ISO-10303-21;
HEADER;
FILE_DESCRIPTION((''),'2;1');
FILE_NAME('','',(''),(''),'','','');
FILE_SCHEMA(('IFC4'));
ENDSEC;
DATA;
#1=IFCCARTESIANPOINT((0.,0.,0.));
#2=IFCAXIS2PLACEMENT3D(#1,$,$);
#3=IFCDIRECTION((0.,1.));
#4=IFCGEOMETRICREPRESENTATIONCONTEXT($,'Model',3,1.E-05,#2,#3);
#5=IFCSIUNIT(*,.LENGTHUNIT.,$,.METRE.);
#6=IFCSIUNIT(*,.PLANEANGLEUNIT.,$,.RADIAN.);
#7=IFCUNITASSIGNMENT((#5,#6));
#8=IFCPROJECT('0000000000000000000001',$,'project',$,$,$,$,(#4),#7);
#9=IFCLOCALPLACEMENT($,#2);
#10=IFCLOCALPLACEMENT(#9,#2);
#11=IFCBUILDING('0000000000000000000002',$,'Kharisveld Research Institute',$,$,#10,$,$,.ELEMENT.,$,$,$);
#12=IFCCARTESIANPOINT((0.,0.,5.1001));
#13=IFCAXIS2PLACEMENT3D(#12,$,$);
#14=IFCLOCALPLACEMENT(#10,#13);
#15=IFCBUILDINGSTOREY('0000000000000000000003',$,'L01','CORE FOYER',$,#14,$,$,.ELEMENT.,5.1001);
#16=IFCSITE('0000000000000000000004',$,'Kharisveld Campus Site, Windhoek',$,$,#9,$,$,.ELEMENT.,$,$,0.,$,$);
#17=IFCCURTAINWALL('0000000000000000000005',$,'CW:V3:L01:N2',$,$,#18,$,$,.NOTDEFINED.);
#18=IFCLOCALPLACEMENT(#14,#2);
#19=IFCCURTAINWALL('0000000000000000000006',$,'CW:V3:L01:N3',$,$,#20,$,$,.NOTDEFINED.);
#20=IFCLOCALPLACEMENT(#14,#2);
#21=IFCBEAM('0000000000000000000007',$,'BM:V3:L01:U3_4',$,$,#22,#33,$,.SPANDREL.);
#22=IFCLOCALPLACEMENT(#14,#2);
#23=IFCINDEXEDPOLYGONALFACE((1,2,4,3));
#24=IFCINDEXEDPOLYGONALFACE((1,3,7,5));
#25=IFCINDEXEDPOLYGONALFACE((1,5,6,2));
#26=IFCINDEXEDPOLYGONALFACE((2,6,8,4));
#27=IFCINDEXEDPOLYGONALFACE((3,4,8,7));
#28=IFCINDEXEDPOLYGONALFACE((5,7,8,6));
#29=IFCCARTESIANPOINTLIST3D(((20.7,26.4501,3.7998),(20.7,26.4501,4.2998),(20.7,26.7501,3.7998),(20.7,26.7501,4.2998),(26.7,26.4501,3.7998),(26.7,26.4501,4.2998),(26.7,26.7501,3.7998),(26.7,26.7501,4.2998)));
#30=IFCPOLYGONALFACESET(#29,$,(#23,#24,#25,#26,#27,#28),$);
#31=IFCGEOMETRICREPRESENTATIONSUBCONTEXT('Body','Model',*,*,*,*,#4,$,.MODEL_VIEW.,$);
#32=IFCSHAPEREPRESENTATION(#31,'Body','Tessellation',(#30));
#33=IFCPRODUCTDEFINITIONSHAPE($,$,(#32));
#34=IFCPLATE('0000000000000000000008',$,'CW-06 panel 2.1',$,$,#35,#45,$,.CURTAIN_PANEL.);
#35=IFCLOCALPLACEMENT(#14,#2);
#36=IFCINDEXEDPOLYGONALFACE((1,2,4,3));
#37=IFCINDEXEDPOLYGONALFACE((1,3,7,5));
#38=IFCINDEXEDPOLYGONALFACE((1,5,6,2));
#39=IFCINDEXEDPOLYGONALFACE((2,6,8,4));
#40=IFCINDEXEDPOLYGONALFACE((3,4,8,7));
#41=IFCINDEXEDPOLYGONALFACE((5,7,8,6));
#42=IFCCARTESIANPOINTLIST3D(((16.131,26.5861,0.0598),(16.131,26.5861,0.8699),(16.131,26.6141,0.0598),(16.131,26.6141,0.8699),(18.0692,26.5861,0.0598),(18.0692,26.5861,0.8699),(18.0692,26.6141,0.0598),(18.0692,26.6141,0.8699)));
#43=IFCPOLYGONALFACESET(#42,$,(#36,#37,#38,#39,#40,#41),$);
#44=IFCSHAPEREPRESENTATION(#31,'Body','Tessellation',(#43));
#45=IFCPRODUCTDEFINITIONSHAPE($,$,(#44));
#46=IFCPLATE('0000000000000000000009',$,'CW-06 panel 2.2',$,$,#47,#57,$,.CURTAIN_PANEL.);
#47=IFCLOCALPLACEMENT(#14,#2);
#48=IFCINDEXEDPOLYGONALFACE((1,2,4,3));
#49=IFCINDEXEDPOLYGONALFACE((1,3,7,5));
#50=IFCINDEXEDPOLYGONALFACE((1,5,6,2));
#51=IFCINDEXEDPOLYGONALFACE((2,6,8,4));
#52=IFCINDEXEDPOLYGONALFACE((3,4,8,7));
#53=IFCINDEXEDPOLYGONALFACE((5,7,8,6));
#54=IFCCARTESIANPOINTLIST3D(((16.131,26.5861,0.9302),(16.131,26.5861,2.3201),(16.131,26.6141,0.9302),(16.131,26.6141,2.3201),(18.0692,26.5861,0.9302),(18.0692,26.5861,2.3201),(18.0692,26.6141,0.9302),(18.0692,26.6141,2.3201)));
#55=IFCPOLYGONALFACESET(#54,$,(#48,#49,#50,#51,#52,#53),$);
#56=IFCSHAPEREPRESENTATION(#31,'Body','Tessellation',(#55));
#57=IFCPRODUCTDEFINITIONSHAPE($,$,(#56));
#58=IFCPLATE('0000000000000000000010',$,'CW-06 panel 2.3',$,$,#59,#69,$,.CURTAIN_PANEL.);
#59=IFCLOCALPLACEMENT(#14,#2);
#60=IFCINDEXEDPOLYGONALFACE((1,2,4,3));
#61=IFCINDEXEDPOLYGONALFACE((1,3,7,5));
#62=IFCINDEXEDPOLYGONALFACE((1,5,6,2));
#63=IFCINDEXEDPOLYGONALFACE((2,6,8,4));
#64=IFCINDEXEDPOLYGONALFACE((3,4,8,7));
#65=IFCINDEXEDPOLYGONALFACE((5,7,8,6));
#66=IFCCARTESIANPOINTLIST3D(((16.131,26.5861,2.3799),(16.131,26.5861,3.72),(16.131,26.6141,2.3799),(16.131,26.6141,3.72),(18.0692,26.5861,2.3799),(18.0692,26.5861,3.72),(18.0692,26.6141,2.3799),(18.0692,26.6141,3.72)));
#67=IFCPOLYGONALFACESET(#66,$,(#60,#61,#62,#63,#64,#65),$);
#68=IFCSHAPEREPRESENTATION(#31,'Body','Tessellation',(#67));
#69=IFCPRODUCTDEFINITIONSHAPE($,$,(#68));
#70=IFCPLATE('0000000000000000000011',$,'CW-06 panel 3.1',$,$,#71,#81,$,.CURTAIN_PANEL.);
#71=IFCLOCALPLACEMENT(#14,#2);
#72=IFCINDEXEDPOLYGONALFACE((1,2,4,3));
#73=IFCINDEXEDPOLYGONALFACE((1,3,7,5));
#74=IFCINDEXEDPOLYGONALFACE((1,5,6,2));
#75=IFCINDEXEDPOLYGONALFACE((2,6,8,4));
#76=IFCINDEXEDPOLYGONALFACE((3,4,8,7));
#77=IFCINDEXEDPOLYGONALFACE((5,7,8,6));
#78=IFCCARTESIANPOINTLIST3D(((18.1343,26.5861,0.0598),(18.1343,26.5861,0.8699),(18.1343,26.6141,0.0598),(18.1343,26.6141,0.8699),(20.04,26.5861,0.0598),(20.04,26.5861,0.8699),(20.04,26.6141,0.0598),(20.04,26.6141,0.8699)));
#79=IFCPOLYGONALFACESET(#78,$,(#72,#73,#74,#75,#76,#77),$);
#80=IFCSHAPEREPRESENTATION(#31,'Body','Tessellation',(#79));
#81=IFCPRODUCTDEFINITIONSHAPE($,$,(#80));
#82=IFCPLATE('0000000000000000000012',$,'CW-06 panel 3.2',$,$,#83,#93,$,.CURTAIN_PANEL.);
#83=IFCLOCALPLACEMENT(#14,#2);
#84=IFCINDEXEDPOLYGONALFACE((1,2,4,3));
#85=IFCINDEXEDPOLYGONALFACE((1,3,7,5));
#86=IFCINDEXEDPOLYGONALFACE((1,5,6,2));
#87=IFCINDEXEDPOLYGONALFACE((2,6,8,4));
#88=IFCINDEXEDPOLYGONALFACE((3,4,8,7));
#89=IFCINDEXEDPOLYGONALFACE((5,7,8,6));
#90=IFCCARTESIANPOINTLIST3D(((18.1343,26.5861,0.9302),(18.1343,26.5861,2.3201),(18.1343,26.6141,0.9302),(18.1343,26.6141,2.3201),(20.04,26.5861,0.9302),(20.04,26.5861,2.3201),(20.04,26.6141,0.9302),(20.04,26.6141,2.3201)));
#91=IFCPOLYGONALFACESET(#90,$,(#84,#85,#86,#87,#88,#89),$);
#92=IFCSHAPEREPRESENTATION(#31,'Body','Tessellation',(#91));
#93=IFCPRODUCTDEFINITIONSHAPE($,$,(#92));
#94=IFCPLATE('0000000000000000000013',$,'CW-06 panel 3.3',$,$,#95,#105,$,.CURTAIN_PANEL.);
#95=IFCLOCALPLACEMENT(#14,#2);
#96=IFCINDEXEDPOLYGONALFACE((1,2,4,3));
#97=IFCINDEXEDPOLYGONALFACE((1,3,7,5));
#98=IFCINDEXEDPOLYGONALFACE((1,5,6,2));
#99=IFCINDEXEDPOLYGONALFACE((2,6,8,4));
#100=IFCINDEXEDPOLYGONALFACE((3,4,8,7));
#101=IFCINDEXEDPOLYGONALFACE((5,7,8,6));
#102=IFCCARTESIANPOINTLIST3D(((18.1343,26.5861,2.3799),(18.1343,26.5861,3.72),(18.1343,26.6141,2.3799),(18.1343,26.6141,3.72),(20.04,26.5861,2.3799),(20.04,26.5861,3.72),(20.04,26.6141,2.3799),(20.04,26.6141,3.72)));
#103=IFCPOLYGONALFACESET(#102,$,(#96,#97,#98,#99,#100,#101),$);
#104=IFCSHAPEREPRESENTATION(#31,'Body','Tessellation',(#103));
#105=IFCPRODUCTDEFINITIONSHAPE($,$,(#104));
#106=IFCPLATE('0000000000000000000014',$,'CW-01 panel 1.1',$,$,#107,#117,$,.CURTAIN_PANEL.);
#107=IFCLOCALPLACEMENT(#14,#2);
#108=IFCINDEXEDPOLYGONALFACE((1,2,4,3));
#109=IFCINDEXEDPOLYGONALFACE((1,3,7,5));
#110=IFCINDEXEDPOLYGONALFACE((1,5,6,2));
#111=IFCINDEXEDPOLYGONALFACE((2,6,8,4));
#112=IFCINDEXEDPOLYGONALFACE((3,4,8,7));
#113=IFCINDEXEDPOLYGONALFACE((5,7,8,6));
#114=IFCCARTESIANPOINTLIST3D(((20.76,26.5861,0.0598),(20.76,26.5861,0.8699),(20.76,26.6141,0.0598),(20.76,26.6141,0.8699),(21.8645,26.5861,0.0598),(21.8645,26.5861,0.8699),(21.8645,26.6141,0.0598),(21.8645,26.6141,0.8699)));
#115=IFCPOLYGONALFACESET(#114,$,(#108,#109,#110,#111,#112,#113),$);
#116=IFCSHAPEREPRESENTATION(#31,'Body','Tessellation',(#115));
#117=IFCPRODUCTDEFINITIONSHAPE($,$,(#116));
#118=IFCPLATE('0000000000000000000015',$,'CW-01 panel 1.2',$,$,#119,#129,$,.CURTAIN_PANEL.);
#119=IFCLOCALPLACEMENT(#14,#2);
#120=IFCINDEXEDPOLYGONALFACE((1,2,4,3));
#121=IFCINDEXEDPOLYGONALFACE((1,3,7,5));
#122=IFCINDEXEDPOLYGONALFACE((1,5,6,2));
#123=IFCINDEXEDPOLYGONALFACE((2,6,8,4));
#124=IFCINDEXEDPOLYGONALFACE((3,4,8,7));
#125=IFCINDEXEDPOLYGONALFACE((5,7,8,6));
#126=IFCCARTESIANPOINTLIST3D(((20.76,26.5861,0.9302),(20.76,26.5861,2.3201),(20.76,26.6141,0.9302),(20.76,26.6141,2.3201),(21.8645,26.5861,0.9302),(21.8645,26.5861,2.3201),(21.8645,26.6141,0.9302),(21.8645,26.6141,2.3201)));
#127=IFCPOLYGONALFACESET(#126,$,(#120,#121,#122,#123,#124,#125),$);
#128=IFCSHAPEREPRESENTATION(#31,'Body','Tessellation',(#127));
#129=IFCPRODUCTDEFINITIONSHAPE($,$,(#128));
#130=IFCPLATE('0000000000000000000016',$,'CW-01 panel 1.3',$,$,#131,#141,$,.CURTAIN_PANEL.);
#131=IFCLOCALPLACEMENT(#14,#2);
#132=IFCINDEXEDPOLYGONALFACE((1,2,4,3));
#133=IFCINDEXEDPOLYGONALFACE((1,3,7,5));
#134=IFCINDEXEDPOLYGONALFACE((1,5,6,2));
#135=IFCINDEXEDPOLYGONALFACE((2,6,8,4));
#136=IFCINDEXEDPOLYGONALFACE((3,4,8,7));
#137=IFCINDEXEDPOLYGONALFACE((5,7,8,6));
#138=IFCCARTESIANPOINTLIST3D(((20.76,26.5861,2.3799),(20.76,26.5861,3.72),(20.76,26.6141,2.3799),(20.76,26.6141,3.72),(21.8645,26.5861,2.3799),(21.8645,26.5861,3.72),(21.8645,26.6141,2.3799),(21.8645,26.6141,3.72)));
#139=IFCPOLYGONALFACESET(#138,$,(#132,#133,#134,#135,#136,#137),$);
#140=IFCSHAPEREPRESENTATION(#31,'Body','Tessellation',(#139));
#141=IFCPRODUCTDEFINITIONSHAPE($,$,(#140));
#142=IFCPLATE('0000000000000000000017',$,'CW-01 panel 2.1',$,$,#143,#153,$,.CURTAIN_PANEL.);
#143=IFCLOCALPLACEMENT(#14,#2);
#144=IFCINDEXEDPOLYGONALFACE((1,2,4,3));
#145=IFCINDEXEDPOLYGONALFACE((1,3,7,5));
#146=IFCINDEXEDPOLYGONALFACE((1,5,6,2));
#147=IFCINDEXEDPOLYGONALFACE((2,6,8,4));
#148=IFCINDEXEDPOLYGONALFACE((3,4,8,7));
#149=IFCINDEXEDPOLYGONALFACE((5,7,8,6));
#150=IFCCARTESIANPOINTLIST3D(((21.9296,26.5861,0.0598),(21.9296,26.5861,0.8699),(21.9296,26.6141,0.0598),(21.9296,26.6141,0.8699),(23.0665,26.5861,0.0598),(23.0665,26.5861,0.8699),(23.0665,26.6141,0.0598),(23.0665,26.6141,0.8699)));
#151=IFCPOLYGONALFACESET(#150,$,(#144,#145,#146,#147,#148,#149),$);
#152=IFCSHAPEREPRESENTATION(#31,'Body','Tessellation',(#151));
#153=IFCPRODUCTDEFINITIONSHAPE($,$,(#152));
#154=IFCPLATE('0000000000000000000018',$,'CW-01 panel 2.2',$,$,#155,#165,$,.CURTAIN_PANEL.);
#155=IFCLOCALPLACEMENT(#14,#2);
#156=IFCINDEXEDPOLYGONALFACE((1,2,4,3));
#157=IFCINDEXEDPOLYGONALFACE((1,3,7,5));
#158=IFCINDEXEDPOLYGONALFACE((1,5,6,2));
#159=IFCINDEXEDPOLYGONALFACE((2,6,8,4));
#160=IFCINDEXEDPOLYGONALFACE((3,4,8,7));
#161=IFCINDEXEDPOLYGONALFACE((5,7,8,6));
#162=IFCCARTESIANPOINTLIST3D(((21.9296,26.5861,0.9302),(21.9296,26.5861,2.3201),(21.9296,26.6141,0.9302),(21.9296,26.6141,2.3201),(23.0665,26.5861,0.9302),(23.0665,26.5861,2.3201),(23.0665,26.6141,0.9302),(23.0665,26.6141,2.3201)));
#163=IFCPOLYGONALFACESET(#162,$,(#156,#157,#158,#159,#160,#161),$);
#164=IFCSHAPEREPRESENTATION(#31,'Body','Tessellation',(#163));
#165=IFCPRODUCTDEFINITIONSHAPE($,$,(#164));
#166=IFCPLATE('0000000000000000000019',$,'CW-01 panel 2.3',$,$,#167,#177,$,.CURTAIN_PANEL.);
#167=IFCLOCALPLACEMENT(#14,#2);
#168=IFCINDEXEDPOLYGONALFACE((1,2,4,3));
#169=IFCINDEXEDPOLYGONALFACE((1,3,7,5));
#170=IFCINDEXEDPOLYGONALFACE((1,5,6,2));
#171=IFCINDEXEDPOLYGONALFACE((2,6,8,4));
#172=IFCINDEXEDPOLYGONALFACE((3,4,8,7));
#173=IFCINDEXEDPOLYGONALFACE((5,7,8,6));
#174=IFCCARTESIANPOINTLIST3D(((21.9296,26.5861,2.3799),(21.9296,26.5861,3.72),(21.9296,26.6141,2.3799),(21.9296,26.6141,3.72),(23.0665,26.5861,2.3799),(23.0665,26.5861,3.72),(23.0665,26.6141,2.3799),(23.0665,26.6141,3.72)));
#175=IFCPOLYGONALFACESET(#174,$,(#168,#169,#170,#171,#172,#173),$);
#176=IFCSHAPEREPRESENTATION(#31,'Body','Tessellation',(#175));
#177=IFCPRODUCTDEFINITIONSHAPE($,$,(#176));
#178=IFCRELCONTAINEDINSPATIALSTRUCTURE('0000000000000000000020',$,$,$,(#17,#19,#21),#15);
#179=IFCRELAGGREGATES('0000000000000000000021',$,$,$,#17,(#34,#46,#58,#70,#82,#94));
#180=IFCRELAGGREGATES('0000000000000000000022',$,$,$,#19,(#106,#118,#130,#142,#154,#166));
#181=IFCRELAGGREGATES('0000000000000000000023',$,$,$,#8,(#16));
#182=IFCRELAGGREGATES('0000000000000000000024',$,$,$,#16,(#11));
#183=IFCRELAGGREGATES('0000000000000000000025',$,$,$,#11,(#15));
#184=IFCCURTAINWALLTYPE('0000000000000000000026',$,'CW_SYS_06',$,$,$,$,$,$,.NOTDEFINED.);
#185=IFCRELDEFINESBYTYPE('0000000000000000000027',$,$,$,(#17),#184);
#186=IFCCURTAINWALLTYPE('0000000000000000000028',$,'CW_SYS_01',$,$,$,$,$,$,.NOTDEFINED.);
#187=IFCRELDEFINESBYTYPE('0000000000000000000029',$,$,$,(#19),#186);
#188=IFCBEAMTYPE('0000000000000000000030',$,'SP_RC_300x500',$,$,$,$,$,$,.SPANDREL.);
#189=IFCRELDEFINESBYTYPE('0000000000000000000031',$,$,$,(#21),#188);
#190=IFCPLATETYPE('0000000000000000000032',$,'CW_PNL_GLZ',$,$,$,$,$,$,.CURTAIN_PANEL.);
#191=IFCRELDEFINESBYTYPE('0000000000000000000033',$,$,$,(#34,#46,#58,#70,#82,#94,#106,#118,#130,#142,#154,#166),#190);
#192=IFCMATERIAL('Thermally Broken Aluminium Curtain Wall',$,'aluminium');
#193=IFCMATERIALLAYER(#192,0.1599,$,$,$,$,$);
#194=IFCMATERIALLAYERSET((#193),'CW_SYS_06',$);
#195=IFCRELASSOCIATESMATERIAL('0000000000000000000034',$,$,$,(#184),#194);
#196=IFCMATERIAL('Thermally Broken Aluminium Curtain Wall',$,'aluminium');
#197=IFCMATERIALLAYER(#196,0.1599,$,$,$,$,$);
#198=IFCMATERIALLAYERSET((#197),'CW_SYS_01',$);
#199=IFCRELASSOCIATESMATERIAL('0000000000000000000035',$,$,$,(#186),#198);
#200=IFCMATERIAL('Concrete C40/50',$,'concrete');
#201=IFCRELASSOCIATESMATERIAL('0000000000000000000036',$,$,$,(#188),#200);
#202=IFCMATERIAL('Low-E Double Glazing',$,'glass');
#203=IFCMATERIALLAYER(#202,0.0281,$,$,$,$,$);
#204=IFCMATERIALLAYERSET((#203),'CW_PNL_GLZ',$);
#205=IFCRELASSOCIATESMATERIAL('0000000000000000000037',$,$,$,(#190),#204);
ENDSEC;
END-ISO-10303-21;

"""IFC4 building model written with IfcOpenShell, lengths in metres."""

from ifc_helpers import new_model, si_unit, direction, frame, origin, origin_2d, place, context, subcontext, project, spatial, rectangle, extrude, material, layer, layer_set, material_profile, profile_set, type_object, element, aggregate, save


model = new_model("IFC4")

# Units and contexts
model_context = context("Model", 3, precision=1e-05, world=origin(), true_north=direction((0.0, 1.0)))
body_context = subcontext(model_context, "Body", "Model", "MODEL_VIEW")
ifc_project = project(units=[si_unit("LENGTHUNIT", "METRE"), si_unit("PLANEANGLEUNIT", "RADIAN")], contexts=[model_context])

# Site, building, storey
site_placement = place(None, origin())
site = spatial("IfcSite", under=ifc_project, at=site_placement, Name="Kharisveld Campus Site, Windhoek", CompositionType="ELEMENT", RefElevation=0.0)
building_placement = place(site_placement, origin())
building = spatial("IfcBuilding", under=site, at=building_placement, Name="Kharisveld Research Institute", CompositionType="ELEMENT")
storey_placement = place(building_placement, frame((0.0, 0.0, 5.1001)))
storey = spatial("IfcBuildingStorey", under=building, at=storey_placement, Name="L01", Description="CORE FOYER", CompositionType="ELEMENT", Elevation=5.1001)

# Curtain walls
ifc_material_1 = material(Name="Thermally Broken Aluminium Curtain Wall", Category="aluminium")
ifc_layer_1 = layer(ifc_material_1, 0.1599)
ifc_layer_set_1 = layer_set([ifc_layer_1], Name="CW_SYS_06")
curtain_wall_type_1 = type_object("IfcCurtainWallType", Name="CW_SYS_06", PredefinedType="NOTDEFINED", material=ifc_layer_set_1)
curtain_wall_1_placement = place(storey_placement, origin())
curtain_wall_1 = element("IfcCurtainWall", 1, at=curtain_wall_1_placement, inside=storey, type_object=curtain_wall_type_1, Name="CW:V3:L01:N2", PredefinedType="NOTDEFINED")
ifc_material_2 = material(Name="Thermally Broken Aluminium Curtain Wall", Category="aluminium")
ifc_layer_2 = layer(ifc_material_2, 0.1599)
ifc_layer_set_2 = layer_set([ifc_layer_2], Name="CW_SYS_01")
curtain_wall_type_2 = type_object("IfcCurtainWallType", Name="CW_SYS_01", PredefinedType="NOTDEFINED", material=ifc_layer_set_2)
curtain_wall_2_placement = place(storey_placement, origin())
curtain_wall_2 = element("IfcCurtainWall", 2, at=curtain_wall_2_placement, inside=storey, type_object=curtain_wall_type_2, Name="CW:V3:L01:N3", PredefinedType="NOTDEFINED")

# Beam
ifc_material_3 = material(Name="Concrete C40/50", Category="concrete")
ifc_material_profile_1 = material_profile(ifc_material_3, rectangle(XDim=0.3, YDim=0.5, at=origin_2d()))
ifc_profile_set_1 = profile_set([ifc_material_profile_1], Name="Concrete C40/50")
beam_type = type_object("IfcBeamType", Name="SP_RC_300x500", PredefinedType="SPANDREL", material=ifc_profile_set_1)
beam_placement = place(storey_placement, frame((20.7, 26.6001, 4.0498), z_axis=(1.0, 0.0, 0.0), x_axis=(0.0, 1.0, 0.0)))
element("IfcBeam", 3, at=beam_placement, inside=storey, type_object=beam_type, Name="BM:V3:L01:U3_4", PredefinedType="SPANDREL", context=body_context, shape_type="SweptSolid", body=[
    extrude(rectangle(XDim=0.3, YDim=0.5, at=origin_2d()), origin(), (0.0, 0.0, 1.0), 6.0),
])

# Plates
ifc_material_4 = material(Name="Low-E Double Glazing", Category="glass")
ifc_layer_3 = layer(ifc_material_4, 0.0281)
ifc_layer_set_3 = layer_set([ifc_layer_3], Name="CW_PNL_GLZ")
plate_type = type_object("IfcPlateType", Name="CW_PNL_GLZ", PredefinedType="CURTAIN_PANEL", material=ifc_layer_set_3)
plate_1_placement = place(storey_placement, frame((17.1001, 26.6001, 0.0598), z_axis=(0.0, 0.0, 1.0), x_axis=(1.0, 0.0, 0.0)))
plate_1 = element("IfcPlate", 4, at=plate_1_placement, type_object=plate_type, Name="CW-06 panel 2.1", PredefinedType="CURTAIN_PANEL", context=body_context, shape_type="SweptSolid", body=[
    extrude(rectangle(XDim=1.9382, YDim=0.0281, at=origin_2d()), origin(), (0.0, 0.0, 1.0), 0.8101),
])
plate_2_placement = place(storey_placement, frame((17.1001, 26.6001, 0.9302), z_axis=(0.0, 0.0, 1.0), x_axis=(1.0, 0.0, 0.0)))
plate_2 = element("IfcPlate", 5, at=plate_2_placement, type_object=plate_type, Name="CW-06 panel 2.2", PredefinedType="CURTAIN_PANEL", context=body_context, shape_type="SweptSolid", body=[
    extrude(rectangle(XDim=1.9382, YDim=0.0281, at=origin_2d()), origin(), (0.0, 0.0, 1.0), 1.3899),
])
plate_3_placement = place(storey_placement, frame((17.1001, 26.6001, 2.3799), z_axis=(0.0, 0.0, 1.0), x_axis=(1.0, 0.0, 0.0)))
plate_3 = element("IfcPlate", 6, at=plate_3_placement, type_object=plate_type, Name="CW-06 panel 2.3", PredefinedType="CURTAIN_PANEL", context=body_context, shape_type="SweptSolid", body=[
    extrude(rectangle(XDim=1.9382, YDim=0.0281, at=origin_2d()), origin(), (0.0, 0.0, 1.0), 1.3401),
])
plate_4_placement = place(storey_placement, frame((19.0872, 26.6001, 0.0598), z_axis=(0.0, 0.0, 1.0), x_axis=(1.0, 0.0, 0.0)))
plate_4 = element("IfcPlate", 7, at=plate_4_placement, type_object=plate_type, Name="CW-06 panel 3.1", PredefinedType="CURTAIN_PANEL", context=body_context, shape_type="SweptSolid", body=[
    extrude(rectangle(XDim=1.9058, YDim=0.0281, at=origin_2d()), origin(), (0.0, 0.0, 1.0), 0.8101),
])
plate_5_placement = place(storey_placement, frame((19.0872, 26.6001, 0.9302), z_axis=(0.0, 0.0, 1.0), x_axis=(1.0, 0.0, 0.0)))
plate_5 = element("IfcPlate", 8, at=plate_5_placement, type_object=plate_type, Name="CW-06 panel 3.2", PredefinedType="CURTAIN_PANEL", context=body_context, shape_type="SweptSolid", body=[
    extrude(rectangle(XDim=1.9058, YDim=0.0281, at=origin_2d()), origin(), (0.0, 0.0, 1.0), 1.3899),
])
plate_6_placement = place(storey_placement, frame((19.0872, 26.6001, 2.3799), z_axis=(0.0, 0.0, 1.0), x_axis=(1.0, 0.0, 0.0)))
plate_6 = element("IfcPlate", 9, at=plate_6_placement, type_object=plate_type, Name="CW-06 panel 3.3", PredefinedType="CURTAIN_PANEL", context=body_context, shape_type="SweptSolid", body=[
    extrude(rectangle(XDim=1.9058, YDim=0.0281, at=origin_2d()), origin(), (0.0, 0.0, 1.0), 1.3401),
])
aggregate(curtain_wall_1, [plate_1, plate_2, plate_3, plate_4, plate_5, plate_6])
plate_7_placement = place(storey_placement, frame((21.3123, 26.6001, 0.0598), z_axis=(0.0, 0.0, 1.0), x_axis=(1.0, 0.0, 0.0)))
plate_7 = element("IfcPlate", 10, at=plate_7_placement, type_object=plate_type, Name="CW-01 panel 1.1", PredefinedType="CURTAIN_PANEL", context=body_context, shape_type="SweptSolid", body=[
    extrude(rectangle(XDim=1.1045, YDim=0.0281, at=origin_2d()), origin(), (0.0, 0.0, 1.0), 0.8101),
])
plate_8_placement = place(storey_placement, frame((21.3123, 26.6001, 0.9302), z_axis=(0.0, 0.0, 1.0), x_axis=(1.0, 0.0, 0.0)))
plate_8 = element("IfcPlate", 11, at=plate_8_placement, type_object=plate_type, Name="CW-01 panel 1.2", PredefinedType="CURTAIN_PANEL", context=body_context, shape_type="SweptSolid", body=[
    extrude(rectangle(XDim=1.1045, YDim=0.0281, at=origin_2d()), origin(), (0.0, 0.0, 1.0), 1.3899),
])
plate_9_placement = place(storey_placement, frame((21.3123, 26.6001, 2.3799), z_axis=(0.0, 0.0, 1.0), x_axis=(1.0, 0.0, 0.0)))
plate_9 = element("IfcPlate", 12, at=plate_9_placement, type_object=plate_type, Name="CW-01 panel 1.3", PredefinedType="CURTAIN_PANEL", context=body_context, shape_type="SweptSolid", body=[
    extrude(rectangle(XDim=1.1045, YDim=0.0281, at=origin_2d()), origin(), (0.0, 0.0, 1.0), 1.3401),
])
plate_10_placement = place(storey_placement, frame((22.498, 26.6001, 0.0598), z_axis=(0.0, 0.0, 1.0), x_axis=(1.0, 0.0, 0.0)))
plate_10 = element("IfcPlate", 13, at=plate_10_placement, type_object=plate_type, Name="CW-01 panel 2.1", PredefinedType="CURTAIN_PANEL", context=body_context, shape_type="SweptSolid", body=[
    extrude(rectangle(XDim=1.137, YDim=0.0281, at=origin_2d()), origin(), (0.0, 0.0, 1.0), 0.8101),
])
plate_11_placement = place(storey_placement, frame((22.498, 26.6001, 0.9302), z_axis=(0.0, 0.0, 1.0), x_axis=(1.0, 0.0, 0.0)))
plate_11 = element("IfcPlate", 14, at=plate_11_placement, type_object=plate_type, Name="CW-01 panel 2.2", PredefinedType="CURTAIN_PANEL", context=body_context, shape_type="SweptSolid", body=[
    extrude(rectangle(XDim=1.137, YDim=0.0281, at=origin_2d()), origin(), (0.0, 0.0, 1.0), 1.3899),
])
plate_12_placement = place(storey_placement, frame((22.498, 26.6001, 2.3799), z_axis=(0.0, 0.0, 1.0), x_axis=(1.0, 0.0, 0.0)))
plate_12 = element("IfcPlate", 15, at=plate_12_placement, type_object=plate_type, Name="CW-01 panel 2.3", PredefinedType="CURTAIN_PANEL", context=body_context, shape_type="SweptSolid", body=[
    extrude(rectangle(XDim=1.137, YDim=0.0281, at=origin_2d()), origin(), (0.0, 0.0, 1.0), 1.3401),
])
aggregate(curtain_wall_2, [plate_7, plate_8, plate_9, plate_10, plate_11, plate_12])

save(model, "model.ifc")
